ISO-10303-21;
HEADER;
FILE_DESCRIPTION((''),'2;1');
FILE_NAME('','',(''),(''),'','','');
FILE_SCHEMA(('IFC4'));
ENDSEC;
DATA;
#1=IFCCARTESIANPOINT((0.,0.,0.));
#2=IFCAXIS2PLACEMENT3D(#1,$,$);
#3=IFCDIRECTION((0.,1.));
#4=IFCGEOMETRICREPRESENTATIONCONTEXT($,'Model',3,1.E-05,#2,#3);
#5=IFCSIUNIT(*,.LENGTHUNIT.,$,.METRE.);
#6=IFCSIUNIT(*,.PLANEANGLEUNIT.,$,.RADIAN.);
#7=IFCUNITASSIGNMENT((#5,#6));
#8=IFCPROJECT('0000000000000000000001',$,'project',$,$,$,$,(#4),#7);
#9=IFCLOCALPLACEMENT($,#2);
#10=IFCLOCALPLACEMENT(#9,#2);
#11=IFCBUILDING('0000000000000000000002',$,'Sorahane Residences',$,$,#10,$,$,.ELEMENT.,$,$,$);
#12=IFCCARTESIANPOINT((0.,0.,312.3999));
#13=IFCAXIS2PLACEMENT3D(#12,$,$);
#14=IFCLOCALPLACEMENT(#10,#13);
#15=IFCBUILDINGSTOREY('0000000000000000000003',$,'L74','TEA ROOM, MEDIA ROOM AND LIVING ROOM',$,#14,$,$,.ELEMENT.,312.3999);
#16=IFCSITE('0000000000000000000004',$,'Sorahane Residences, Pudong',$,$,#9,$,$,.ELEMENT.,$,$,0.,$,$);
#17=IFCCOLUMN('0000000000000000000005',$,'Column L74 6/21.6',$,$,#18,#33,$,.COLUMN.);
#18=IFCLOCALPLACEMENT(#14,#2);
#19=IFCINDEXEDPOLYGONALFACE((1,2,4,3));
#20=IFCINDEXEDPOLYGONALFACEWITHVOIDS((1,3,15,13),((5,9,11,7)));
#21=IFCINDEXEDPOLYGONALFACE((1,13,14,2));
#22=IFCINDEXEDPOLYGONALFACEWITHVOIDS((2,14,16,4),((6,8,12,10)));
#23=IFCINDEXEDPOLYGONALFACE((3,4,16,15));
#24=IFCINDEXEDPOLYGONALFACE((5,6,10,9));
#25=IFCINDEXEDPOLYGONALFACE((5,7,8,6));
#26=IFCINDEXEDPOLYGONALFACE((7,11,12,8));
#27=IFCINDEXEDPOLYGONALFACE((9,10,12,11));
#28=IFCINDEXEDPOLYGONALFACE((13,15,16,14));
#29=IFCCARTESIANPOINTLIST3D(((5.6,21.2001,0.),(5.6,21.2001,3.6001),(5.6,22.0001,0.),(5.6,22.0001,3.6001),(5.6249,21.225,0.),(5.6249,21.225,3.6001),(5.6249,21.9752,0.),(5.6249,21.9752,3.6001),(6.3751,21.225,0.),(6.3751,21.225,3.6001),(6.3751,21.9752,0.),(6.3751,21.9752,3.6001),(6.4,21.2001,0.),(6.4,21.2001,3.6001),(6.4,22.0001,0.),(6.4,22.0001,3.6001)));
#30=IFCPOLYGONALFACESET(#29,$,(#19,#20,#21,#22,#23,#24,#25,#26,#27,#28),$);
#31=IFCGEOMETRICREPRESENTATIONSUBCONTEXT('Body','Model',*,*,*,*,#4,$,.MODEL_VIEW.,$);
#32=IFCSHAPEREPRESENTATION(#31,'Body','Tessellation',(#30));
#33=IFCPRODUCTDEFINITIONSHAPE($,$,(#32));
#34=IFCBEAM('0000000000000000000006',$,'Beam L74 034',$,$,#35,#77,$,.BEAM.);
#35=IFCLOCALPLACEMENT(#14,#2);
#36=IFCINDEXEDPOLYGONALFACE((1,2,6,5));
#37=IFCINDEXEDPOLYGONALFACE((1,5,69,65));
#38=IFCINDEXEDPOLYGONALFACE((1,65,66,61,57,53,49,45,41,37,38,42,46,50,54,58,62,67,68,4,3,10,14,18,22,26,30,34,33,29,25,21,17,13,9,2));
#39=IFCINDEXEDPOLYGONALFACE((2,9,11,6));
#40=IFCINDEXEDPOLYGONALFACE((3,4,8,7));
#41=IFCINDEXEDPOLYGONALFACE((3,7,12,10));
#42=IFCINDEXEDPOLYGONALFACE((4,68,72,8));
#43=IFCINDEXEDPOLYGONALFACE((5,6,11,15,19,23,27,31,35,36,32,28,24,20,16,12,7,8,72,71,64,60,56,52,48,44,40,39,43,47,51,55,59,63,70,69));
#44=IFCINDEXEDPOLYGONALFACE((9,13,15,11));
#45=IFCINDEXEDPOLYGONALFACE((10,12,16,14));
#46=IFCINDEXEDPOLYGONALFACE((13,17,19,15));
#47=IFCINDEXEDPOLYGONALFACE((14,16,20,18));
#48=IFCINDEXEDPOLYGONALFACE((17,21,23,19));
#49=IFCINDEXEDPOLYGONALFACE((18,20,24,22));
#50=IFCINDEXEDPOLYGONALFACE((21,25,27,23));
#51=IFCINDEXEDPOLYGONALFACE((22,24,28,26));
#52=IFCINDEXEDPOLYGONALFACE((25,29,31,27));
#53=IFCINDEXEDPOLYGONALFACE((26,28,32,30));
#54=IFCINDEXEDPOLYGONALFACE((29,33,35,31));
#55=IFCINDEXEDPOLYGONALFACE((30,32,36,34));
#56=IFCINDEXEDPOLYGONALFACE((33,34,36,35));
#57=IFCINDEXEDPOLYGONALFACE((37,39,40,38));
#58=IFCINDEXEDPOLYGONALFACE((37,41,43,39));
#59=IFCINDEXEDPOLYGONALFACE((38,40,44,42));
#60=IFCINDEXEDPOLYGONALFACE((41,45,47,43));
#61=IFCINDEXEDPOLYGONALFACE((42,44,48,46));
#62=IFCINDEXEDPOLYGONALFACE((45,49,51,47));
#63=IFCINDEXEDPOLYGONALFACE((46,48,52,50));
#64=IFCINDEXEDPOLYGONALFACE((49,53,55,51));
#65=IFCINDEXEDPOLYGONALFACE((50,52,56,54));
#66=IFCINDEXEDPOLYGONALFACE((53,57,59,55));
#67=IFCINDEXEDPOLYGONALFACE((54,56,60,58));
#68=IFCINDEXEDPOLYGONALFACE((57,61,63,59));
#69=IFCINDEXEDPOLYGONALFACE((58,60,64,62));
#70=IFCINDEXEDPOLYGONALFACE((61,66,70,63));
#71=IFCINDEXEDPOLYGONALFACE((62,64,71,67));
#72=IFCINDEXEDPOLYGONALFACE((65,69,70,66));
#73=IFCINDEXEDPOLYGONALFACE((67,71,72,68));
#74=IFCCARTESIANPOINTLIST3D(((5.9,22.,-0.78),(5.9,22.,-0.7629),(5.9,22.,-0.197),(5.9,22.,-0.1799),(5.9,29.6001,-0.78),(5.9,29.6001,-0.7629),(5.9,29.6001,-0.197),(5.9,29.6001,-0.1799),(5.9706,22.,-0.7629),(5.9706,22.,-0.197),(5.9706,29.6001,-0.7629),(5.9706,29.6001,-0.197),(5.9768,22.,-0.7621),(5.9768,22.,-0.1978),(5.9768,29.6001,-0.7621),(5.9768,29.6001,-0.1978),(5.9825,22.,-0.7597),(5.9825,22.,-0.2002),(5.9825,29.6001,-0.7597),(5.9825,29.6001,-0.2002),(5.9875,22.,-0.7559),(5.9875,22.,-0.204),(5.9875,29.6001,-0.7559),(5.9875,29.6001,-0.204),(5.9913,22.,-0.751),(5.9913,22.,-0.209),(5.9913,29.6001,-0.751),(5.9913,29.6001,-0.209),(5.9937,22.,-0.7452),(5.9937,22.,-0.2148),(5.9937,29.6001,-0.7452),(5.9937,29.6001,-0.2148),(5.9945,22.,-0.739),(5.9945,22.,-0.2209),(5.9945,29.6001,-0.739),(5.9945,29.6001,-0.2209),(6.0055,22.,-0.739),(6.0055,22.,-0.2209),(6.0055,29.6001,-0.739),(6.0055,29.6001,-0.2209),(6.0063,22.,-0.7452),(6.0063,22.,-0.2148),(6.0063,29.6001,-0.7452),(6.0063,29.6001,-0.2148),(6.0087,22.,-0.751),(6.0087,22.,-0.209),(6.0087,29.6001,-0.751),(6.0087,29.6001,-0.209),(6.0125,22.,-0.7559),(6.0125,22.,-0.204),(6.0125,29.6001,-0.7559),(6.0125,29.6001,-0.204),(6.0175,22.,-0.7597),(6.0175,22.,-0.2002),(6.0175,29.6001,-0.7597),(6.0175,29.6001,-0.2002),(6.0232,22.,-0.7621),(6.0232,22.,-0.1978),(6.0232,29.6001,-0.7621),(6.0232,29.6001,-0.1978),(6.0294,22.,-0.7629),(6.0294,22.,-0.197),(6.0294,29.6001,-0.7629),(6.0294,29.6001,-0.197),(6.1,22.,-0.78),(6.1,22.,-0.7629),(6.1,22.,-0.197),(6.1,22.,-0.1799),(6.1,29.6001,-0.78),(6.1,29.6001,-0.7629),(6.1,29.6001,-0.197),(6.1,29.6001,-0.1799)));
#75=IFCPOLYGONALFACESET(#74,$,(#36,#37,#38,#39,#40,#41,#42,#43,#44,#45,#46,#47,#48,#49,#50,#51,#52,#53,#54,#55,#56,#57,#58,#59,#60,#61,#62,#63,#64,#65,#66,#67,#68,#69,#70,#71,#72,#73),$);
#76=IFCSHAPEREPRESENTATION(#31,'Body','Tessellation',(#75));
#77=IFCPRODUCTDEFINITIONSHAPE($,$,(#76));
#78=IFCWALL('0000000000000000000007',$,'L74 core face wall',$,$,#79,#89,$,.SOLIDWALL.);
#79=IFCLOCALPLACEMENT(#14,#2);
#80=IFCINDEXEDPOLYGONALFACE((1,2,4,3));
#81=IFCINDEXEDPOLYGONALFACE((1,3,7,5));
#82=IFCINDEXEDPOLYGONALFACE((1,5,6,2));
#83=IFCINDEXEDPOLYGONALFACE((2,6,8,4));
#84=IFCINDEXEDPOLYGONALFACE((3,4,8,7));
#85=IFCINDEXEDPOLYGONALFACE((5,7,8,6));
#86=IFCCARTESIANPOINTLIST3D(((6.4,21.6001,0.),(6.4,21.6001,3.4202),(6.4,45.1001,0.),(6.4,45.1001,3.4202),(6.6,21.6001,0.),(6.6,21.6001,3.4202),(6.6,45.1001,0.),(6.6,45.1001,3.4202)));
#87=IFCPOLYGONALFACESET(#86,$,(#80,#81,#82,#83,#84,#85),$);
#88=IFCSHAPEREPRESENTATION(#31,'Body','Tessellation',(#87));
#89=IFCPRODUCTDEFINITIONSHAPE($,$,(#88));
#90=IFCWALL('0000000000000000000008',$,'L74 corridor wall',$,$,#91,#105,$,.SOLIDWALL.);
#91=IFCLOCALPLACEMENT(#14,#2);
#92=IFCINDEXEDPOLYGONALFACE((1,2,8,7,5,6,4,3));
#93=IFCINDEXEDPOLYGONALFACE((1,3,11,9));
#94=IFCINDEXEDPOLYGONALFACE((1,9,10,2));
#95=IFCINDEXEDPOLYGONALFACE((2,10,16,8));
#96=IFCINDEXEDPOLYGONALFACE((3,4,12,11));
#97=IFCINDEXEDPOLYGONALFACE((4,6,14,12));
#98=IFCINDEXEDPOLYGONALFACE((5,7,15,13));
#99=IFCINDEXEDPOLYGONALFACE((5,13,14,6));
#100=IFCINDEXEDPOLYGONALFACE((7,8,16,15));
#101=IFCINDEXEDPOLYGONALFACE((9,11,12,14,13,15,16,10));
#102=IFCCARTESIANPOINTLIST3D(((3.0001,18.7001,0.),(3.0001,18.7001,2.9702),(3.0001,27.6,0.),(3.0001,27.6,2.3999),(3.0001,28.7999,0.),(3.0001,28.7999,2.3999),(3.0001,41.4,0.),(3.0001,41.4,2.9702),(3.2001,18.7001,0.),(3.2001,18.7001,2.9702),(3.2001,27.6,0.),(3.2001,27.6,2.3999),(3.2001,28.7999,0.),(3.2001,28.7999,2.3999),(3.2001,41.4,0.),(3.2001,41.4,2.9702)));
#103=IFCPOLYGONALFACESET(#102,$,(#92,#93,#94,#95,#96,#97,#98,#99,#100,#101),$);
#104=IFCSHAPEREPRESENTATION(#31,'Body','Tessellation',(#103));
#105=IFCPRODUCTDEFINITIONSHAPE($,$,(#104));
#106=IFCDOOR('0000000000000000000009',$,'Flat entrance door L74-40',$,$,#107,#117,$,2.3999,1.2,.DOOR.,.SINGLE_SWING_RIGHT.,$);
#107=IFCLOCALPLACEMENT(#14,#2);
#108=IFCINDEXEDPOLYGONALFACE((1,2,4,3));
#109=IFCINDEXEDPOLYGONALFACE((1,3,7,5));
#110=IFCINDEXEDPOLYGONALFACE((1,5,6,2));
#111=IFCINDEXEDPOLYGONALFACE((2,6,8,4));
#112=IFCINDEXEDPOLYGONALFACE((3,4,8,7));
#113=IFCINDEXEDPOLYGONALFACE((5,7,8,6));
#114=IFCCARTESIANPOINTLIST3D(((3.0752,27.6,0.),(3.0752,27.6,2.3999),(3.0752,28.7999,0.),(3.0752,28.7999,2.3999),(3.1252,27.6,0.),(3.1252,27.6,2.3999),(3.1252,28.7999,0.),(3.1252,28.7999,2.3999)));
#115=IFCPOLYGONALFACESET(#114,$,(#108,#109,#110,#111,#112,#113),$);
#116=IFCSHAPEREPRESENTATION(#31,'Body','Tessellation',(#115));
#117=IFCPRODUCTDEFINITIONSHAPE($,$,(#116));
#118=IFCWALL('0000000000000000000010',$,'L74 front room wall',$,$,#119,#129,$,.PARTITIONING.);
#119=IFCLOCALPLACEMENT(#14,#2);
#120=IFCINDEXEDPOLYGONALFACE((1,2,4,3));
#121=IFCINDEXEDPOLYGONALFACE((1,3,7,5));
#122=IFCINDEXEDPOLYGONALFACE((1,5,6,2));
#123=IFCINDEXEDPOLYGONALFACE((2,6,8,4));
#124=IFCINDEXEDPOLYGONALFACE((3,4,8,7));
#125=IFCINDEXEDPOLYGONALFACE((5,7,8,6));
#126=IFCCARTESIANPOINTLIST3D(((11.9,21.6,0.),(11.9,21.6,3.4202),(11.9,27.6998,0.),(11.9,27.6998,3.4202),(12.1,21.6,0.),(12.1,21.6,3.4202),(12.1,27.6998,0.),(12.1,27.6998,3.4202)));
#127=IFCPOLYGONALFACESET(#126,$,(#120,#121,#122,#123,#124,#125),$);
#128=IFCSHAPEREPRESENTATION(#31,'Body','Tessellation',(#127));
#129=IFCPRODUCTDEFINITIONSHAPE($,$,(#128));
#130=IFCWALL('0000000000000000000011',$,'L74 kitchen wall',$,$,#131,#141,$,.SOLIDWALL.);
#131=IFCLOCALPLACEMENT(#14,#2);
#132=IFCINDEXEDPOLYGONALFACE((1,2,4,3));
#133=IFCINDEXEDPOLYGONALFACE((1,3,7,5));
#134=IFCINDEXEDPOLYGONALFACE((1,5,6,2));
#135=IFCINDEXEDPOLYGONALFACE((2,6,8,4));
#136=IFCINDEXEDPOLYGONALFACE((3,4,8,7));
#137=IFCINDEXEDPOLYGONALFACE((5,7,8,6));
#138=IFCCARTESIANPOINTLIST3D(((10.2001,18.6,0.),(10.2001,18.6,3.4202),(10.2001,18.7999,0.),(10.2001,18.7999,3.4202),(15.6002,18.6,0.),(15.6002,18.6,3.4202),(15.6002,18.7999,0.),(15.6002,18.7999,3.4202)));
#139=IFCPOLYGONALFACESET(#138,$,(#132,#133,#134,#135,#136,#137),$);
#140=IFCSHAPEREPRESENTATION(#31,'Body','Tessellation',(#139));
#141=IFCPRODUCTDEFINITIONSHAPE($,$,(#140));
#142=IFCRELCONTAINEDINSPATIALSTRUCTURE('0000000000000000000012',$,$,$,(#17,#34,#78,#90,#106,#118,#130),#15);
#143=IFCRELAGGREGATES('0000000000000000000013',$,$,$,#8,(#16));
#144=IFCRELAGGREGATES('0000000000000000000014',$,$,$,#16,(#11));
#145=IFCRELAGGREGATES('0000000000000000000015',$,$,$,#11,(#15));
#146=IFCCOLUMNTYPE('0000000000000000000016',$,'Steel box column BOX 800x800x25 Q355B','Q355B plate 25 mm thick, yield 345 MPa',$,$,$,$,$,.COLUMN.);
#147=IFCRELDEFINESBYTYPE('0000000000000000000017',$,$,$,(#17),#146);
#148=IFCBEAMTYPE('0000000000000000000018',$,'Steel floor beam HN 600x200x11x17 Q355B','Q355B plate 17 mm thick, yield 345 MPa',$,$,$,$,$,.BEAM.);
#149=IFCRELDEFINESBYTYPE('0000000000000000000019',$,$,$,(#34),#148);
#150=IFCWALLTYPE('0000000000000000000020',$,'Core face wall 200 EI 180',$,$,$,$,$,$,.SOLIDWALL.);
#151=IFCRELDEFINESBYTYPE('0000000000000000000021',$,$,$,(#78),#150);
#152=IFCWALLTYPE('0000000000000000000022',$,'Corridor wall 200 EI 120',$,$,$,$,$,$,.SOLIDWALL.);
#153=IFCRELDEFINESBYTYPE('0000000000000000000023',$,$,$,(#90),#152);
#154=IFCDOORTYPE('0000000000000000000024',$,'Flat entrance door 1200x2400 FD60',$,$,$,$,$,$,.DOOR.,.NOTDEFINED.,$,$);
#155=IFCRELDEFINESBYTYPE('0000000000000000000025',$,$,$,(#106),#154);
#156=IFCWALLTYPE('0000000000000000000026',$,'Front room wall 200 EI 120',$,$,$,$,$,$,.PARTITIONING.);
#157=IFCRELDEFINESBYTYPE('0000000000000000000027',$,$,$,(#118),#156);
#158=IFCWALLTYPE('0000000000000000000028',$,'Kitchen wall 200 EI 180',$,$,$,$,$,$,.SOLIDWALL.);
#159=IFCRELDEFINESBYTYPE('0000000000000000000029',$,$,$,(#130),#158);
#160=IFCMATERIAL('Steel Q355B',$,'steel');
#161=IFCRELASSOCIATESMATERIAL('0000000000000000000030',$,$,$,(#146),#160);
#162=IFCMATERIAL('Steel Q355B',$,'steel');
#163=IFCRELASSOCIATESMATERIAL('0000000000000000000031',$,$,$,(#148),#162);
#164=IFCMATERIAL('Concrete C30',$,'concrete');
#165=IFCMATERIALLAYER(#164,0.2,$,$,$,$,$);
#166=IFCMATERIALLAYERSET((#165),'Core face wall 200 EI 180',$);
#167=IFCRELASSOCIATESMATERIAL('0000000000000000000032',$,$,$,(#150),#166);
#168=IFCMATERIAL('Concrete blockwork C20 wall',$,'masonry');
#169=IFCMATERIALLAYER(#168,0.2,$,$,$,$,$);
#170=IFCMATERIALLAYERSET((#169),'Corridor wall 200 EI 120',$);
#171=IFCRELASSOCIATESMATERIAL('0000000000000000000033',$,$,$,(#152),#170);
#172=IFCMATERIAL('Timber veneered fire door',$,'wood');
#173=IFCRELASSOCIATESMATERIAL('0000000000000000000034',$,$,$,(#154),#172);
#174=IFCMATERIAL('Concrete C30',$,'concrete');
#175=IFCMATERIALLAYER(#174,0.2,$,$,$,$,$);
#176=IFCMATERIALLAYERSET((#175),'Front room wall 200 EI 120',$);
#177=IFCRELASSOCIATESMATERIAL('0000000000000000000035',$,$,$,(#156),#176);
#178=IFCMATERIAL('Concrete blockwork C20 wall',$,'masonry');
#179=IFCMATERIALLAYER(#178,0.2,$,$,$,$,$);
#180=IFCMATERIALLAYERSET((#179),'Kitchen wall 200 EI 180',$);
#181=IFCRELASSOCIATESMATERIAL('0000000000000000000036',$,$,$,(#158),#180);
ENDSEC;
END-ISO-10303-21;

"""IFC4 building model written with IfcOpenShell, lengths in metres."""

from ifc_helpers import new_model, si_unit, direction, frame, frame_2d, origin, origin_2d, place, context, subcontext, project, spatial, rectangle, hollow_rectangle, i_section, extrude, material, layer, layer_set, material_profile, profile_set, type_object, element, fill, save


model = new_model("IFC4")

# Units and contexts
model_context = context("Model", 3, precision=1e-05, world=origin(), true_north=direction((0.0, 1.0)))
body_context = subcontext(model_context, "Body", "Model", "MODEL_VIEW")
ifc_project = project(units=[si_unit("LENGTHUNIT", "METRE"), si_unit("PLANEANGLEUNIT", "RADIAN")], contexts=[model_context])

# Site, building, storey
site_placement = place(None, origin())
site = spatial("IfcSite", under=ifc_project, at=site_placement, Name="Sorahane Residences, Pudong", CompositionType="ELEMENT", RefElevation=0.0)
building_placement = place(site_placement, origin())
building = spatial("IfcBuilding", under=site, at=building_placement, Name="Sorahane Residences", CompositionType="ELEMENT")
storey_placement = place(building_placement, frame((0.0, 0.0, 312.3999)))
storey = spatial("IfcBuildingStorey", under=building, at=storey_placement, Name="L74", Description="TEA ROOM, MEDIA ROOM AND LIVING ROOM", CompositionType="ELEMENT", Elevation=312.3999)

# Column
ifc_material_1 = material(Name="Steel Q355B", Category="steel")
ifc_material_profile_1 = material_profile(ifc_material_1, hollow_rectangle(XDim=0.8, YDim=0.8, WallThickness=0.0249, at=origin_2d()), Name="BOX 800x800x25")
ifc_profile_set_1 = profile_set([ifc_material_profile_1], Name="Steel Q355B")
column_type = type_object("IfcColumnType", Name="Steel box column BOX 800x800x25 Q355B", Description="Q355B plate 25 mm thick, yield 345 MPa", PredefinedType="COLUMN", material=ifc_profile_set_1)
column_placement = place(storey_placement, frame((6.0, 21.6001, 0.0), z_axis=(0.0, 0.0, 1.0), x_axis=(1.0, 0.0, 0.0)))
element("IfcColumn", 1, at=column_placement, inside=storey, type_object=column_type, Name="Column L74 6/21.6", PredefinedType="COLUMN", context=body_context, shape_type="SweptSolid", body=[
    extrude(hollow_rectangle(XDim=0.8, YDim=0.8, WallThickness=0.0249, at=origin_2d()), origin(), (0.0, 0.0, 1.0), 3.6001),
])

# Beam
ifc_material_2 = material(Name="Steel Q355B", Category="steel")
ifc_material_profile_2 = material_profile(ifc_material_2, i_section(OverallWidth=0.2, OverallDepth=0.6001, WebThickness=0.011, FlangeThickness=0.0171, FilletRadius=0.0239, at=origin_2d()), Name="HN 600x200x11x17")
ifc_profile_set_2 = profile_set([ifc_material_profile_2], Name="Steel Q355B")
beam_type = type_object("IfcBeamType", Name="Steel floor beam HN 600x200x11x17 Q355B", Description="Q355B plate 17 mm thick, yield 345 MPa", PredefinedType="BEAM", material=ifc_profile_set_2)
beam_placement = place(storey_placement, frame((6.0, 22.0, -0.48), z_axis=(0.0, 1.0, 0.0), x_axis=(-1.0, 0.0, 0.0)))
element("IfcBeam", 2, at=beam_placement, inside=storey, type_object=beam_type, Name="Beam L74 034", PredefinedType="BEAM", context=body_context, shape_type="SweptSolid", body=[
    extrude(i_section(OverallWidth=0.2, OverallDepth=0.6001, WebThickness=0.011, FlangeThickness=0.0171, FilletRadius=0.0239, at=origin_2d()), origin(), (0.0, 0.0, 1.0), 7.6001),
])

# Wall
ifc_material_3 = material(Name="Concrete C30", Category="concrete")
ifc_layer_1 = layer(ifc_material_3, 0.2)
ifc_layer_set_1 = layer_set([ifc_layer_1], Name="Core face wall 200 EI 180")
wall_type_1 = type_object("IfcWallType", Name="Core face wall 200 EI 180", PredefinedType="SOLIDWALL", material=ifc_layer_set_1)
wall_1_placement = place(storey_placement, frame((6.5, 21.6001, 0.0), z_axis=(0.0, 0.0, 1.0), x_axis=(0.0, 1.0, 0.0)))
element("IfcWall", 3, at=wall_1_placement, inside=storey, type_object=wall_type_1, Name="L74 core face wall", PredefinedType="SOLIDWALL", context=body_context, shape_type="SweptSolid", body=[
    extrude(rectangle(XDim=23.5, YDim=0.2, at=frame_2d((11.75, 0.0))), origin(), (0.0, 0.0, 1.0), 3.4202),
])

# Wall, opening, door
ifc_material_4 = material(Name="Concrete blockwork C20 wall", Category="masonry")
ifc_layer_2 = layer(ifc_material_4, 0.2)
ifc_layer_set_2 = layer_set([ifc_layer_2], Name="Corridor wall 200 EI 120")
wall_type_2 = type_object("IfcWallType", Name="Corridor wall 200 EI 120", PredefinedType="SOLIDWALL", material=ifc_layer_set_2)
wall_2_placement = place(storey_placement, frame((3.1001, 18.7, 0.0), z_axis=(0.0, 0.0, 1.0), x_axis=(0.0, 1.0, 0.0)))
wall_2 = element("IfcWall", 4, at=wall_2_placement, inside=storey, type_object=wall_type_2, Name="L74 corridor wall", PredefinedType="SOLIDWALL", context=body_context, shape_type="SweptSolid", body=[
    extrude(rectangle(XDim=22.7, YDim=0.2, at=frame_2d((11.3501, 0.0))), origin(), (0.0, 0.0, 1.0), 2.9702),
])
opening_1_placement = place(wall_2_placement, frame((8.8999, 0.0, 0.0)))
opening_1 = element("IfcOpeningElement", 5, at=opening_1_placement, cuts=wall_2, PredefinedType="OPENING", context=body_context, shape_type="SweptSolid", body=[
    extrude(rectangle(XDim=1.2, YDim=2.3999, at=frame_2d((0.6001, 1.2))), frame((0.0, 0.1099, 0.0), z_axis=(0.0, -1.0, 0.0), x_axis=(1.0, 0.0, 0.0)), (0.0, 0.0, 1.0), 0.22),
])
ifc_material_5 = material(Name="Timber veneered fire door", Category="wood")
door_type_1 = type_object("IfcDoorType", Name="Flat entrance door 1200x2400 FD60", OperationType="NOTDEFINED", PredefinedType="DOOR", material=ifc_material_5)
door_1_placement = place(opening_1_placement, origin())
door_1 = element("IfcDoor", 6, at=door_1_placement, inside=storey, type_object=door_type_1, Name="Flat entrance door L74-40", OperationType="SINGLE_SWING_RIGHT", OverallHeight=2.3999, OverallWidth=1.2, PredefinedType="DOOR", context=body_context, shape_type="SweptSolid", body=[
    extrude(rectangle(XDim=1.2, YDim=2.3999, at=frame_2d((0.6001, 1.2))), frame((0.0, 0.0249, 0.0), z_axis=(0.0, -1.0, 0.0), x_axis=(1.0, 0.0, 0.0)), (0.0, 0.0, 1.0), 0.05),
])
fill(opening_1, door_1)

# Walls
ifc_material_6 = material(Name="Concrete C30", Category="concrete")
ifc_layer_3 = layer(ifc_material_6, 0.2)
ifc_layer_set_3 = layer_set([ifc_layer_3], Name="Front room wall 200 EI 120")
wall_type_3 = type_object("IfcWallType", Name="Front room wall 200 EI 120", PredefinedType="PARTITIONING", material=ifc_layer_set_3)
wall_3_placement = place(storey_placement, frame((12.0, 21.6001, 0.0), z_axis=(0.0, 0.0, 1.0), x_axis=(0.0, 1.0, 0.0)))
element("IfcWall", 7, at=wall_3_placement, inside=storey, type_object=wall_type_3, Name="L74 front room wall", PredefinedType="PARTITIONING", context=body_context, shape_type="SweptSolid", body=[
    extrude(rectangle(XDim=6.0999, YDim=0.2, at=frame_2d((3.0498, 0.0))), origin(), (0.0, 0.0, 1.0), 3.4202),
])
ifc_material_7 = material(Name="Concrete blockwork C20 wall", Category="masonry")
ifc_layer_4 = layer(ifc_material_7, 0.2)
ifc_layer_set_4 = layer_set([ifc_layer_4], Name="Kitchen wall 200 EI 180")
wall_type_4 = type_object("IfcWallType", Name="Kitchen wall 200 EI 180", PredefinedType="SOLIDWALL", material=ifc_layer_set_4)
wall_4_placement = place(storey_placement, frame((10.2, 18.7, 0.0), z_axis=(0.0, 0.0, 1.0), x_axis=(1.0, 0.0, 0.0)))
element("IfcWall", 8, at=wall_4_placement, inside=storey, type_object=wall_type_4, Name="L74 kitchen wall", PredefinedType="SOLIDWALL", context=body_context, shape_type="SweptSolid", body=[
    extrude(rectangle(XDim=5.4001, YDim=0.2, at=frame_2d((2.7002, 0.0))), origin(), (0.0, 0.0, 1.0), 3.4202),
])

save(model, "model.ifc")
